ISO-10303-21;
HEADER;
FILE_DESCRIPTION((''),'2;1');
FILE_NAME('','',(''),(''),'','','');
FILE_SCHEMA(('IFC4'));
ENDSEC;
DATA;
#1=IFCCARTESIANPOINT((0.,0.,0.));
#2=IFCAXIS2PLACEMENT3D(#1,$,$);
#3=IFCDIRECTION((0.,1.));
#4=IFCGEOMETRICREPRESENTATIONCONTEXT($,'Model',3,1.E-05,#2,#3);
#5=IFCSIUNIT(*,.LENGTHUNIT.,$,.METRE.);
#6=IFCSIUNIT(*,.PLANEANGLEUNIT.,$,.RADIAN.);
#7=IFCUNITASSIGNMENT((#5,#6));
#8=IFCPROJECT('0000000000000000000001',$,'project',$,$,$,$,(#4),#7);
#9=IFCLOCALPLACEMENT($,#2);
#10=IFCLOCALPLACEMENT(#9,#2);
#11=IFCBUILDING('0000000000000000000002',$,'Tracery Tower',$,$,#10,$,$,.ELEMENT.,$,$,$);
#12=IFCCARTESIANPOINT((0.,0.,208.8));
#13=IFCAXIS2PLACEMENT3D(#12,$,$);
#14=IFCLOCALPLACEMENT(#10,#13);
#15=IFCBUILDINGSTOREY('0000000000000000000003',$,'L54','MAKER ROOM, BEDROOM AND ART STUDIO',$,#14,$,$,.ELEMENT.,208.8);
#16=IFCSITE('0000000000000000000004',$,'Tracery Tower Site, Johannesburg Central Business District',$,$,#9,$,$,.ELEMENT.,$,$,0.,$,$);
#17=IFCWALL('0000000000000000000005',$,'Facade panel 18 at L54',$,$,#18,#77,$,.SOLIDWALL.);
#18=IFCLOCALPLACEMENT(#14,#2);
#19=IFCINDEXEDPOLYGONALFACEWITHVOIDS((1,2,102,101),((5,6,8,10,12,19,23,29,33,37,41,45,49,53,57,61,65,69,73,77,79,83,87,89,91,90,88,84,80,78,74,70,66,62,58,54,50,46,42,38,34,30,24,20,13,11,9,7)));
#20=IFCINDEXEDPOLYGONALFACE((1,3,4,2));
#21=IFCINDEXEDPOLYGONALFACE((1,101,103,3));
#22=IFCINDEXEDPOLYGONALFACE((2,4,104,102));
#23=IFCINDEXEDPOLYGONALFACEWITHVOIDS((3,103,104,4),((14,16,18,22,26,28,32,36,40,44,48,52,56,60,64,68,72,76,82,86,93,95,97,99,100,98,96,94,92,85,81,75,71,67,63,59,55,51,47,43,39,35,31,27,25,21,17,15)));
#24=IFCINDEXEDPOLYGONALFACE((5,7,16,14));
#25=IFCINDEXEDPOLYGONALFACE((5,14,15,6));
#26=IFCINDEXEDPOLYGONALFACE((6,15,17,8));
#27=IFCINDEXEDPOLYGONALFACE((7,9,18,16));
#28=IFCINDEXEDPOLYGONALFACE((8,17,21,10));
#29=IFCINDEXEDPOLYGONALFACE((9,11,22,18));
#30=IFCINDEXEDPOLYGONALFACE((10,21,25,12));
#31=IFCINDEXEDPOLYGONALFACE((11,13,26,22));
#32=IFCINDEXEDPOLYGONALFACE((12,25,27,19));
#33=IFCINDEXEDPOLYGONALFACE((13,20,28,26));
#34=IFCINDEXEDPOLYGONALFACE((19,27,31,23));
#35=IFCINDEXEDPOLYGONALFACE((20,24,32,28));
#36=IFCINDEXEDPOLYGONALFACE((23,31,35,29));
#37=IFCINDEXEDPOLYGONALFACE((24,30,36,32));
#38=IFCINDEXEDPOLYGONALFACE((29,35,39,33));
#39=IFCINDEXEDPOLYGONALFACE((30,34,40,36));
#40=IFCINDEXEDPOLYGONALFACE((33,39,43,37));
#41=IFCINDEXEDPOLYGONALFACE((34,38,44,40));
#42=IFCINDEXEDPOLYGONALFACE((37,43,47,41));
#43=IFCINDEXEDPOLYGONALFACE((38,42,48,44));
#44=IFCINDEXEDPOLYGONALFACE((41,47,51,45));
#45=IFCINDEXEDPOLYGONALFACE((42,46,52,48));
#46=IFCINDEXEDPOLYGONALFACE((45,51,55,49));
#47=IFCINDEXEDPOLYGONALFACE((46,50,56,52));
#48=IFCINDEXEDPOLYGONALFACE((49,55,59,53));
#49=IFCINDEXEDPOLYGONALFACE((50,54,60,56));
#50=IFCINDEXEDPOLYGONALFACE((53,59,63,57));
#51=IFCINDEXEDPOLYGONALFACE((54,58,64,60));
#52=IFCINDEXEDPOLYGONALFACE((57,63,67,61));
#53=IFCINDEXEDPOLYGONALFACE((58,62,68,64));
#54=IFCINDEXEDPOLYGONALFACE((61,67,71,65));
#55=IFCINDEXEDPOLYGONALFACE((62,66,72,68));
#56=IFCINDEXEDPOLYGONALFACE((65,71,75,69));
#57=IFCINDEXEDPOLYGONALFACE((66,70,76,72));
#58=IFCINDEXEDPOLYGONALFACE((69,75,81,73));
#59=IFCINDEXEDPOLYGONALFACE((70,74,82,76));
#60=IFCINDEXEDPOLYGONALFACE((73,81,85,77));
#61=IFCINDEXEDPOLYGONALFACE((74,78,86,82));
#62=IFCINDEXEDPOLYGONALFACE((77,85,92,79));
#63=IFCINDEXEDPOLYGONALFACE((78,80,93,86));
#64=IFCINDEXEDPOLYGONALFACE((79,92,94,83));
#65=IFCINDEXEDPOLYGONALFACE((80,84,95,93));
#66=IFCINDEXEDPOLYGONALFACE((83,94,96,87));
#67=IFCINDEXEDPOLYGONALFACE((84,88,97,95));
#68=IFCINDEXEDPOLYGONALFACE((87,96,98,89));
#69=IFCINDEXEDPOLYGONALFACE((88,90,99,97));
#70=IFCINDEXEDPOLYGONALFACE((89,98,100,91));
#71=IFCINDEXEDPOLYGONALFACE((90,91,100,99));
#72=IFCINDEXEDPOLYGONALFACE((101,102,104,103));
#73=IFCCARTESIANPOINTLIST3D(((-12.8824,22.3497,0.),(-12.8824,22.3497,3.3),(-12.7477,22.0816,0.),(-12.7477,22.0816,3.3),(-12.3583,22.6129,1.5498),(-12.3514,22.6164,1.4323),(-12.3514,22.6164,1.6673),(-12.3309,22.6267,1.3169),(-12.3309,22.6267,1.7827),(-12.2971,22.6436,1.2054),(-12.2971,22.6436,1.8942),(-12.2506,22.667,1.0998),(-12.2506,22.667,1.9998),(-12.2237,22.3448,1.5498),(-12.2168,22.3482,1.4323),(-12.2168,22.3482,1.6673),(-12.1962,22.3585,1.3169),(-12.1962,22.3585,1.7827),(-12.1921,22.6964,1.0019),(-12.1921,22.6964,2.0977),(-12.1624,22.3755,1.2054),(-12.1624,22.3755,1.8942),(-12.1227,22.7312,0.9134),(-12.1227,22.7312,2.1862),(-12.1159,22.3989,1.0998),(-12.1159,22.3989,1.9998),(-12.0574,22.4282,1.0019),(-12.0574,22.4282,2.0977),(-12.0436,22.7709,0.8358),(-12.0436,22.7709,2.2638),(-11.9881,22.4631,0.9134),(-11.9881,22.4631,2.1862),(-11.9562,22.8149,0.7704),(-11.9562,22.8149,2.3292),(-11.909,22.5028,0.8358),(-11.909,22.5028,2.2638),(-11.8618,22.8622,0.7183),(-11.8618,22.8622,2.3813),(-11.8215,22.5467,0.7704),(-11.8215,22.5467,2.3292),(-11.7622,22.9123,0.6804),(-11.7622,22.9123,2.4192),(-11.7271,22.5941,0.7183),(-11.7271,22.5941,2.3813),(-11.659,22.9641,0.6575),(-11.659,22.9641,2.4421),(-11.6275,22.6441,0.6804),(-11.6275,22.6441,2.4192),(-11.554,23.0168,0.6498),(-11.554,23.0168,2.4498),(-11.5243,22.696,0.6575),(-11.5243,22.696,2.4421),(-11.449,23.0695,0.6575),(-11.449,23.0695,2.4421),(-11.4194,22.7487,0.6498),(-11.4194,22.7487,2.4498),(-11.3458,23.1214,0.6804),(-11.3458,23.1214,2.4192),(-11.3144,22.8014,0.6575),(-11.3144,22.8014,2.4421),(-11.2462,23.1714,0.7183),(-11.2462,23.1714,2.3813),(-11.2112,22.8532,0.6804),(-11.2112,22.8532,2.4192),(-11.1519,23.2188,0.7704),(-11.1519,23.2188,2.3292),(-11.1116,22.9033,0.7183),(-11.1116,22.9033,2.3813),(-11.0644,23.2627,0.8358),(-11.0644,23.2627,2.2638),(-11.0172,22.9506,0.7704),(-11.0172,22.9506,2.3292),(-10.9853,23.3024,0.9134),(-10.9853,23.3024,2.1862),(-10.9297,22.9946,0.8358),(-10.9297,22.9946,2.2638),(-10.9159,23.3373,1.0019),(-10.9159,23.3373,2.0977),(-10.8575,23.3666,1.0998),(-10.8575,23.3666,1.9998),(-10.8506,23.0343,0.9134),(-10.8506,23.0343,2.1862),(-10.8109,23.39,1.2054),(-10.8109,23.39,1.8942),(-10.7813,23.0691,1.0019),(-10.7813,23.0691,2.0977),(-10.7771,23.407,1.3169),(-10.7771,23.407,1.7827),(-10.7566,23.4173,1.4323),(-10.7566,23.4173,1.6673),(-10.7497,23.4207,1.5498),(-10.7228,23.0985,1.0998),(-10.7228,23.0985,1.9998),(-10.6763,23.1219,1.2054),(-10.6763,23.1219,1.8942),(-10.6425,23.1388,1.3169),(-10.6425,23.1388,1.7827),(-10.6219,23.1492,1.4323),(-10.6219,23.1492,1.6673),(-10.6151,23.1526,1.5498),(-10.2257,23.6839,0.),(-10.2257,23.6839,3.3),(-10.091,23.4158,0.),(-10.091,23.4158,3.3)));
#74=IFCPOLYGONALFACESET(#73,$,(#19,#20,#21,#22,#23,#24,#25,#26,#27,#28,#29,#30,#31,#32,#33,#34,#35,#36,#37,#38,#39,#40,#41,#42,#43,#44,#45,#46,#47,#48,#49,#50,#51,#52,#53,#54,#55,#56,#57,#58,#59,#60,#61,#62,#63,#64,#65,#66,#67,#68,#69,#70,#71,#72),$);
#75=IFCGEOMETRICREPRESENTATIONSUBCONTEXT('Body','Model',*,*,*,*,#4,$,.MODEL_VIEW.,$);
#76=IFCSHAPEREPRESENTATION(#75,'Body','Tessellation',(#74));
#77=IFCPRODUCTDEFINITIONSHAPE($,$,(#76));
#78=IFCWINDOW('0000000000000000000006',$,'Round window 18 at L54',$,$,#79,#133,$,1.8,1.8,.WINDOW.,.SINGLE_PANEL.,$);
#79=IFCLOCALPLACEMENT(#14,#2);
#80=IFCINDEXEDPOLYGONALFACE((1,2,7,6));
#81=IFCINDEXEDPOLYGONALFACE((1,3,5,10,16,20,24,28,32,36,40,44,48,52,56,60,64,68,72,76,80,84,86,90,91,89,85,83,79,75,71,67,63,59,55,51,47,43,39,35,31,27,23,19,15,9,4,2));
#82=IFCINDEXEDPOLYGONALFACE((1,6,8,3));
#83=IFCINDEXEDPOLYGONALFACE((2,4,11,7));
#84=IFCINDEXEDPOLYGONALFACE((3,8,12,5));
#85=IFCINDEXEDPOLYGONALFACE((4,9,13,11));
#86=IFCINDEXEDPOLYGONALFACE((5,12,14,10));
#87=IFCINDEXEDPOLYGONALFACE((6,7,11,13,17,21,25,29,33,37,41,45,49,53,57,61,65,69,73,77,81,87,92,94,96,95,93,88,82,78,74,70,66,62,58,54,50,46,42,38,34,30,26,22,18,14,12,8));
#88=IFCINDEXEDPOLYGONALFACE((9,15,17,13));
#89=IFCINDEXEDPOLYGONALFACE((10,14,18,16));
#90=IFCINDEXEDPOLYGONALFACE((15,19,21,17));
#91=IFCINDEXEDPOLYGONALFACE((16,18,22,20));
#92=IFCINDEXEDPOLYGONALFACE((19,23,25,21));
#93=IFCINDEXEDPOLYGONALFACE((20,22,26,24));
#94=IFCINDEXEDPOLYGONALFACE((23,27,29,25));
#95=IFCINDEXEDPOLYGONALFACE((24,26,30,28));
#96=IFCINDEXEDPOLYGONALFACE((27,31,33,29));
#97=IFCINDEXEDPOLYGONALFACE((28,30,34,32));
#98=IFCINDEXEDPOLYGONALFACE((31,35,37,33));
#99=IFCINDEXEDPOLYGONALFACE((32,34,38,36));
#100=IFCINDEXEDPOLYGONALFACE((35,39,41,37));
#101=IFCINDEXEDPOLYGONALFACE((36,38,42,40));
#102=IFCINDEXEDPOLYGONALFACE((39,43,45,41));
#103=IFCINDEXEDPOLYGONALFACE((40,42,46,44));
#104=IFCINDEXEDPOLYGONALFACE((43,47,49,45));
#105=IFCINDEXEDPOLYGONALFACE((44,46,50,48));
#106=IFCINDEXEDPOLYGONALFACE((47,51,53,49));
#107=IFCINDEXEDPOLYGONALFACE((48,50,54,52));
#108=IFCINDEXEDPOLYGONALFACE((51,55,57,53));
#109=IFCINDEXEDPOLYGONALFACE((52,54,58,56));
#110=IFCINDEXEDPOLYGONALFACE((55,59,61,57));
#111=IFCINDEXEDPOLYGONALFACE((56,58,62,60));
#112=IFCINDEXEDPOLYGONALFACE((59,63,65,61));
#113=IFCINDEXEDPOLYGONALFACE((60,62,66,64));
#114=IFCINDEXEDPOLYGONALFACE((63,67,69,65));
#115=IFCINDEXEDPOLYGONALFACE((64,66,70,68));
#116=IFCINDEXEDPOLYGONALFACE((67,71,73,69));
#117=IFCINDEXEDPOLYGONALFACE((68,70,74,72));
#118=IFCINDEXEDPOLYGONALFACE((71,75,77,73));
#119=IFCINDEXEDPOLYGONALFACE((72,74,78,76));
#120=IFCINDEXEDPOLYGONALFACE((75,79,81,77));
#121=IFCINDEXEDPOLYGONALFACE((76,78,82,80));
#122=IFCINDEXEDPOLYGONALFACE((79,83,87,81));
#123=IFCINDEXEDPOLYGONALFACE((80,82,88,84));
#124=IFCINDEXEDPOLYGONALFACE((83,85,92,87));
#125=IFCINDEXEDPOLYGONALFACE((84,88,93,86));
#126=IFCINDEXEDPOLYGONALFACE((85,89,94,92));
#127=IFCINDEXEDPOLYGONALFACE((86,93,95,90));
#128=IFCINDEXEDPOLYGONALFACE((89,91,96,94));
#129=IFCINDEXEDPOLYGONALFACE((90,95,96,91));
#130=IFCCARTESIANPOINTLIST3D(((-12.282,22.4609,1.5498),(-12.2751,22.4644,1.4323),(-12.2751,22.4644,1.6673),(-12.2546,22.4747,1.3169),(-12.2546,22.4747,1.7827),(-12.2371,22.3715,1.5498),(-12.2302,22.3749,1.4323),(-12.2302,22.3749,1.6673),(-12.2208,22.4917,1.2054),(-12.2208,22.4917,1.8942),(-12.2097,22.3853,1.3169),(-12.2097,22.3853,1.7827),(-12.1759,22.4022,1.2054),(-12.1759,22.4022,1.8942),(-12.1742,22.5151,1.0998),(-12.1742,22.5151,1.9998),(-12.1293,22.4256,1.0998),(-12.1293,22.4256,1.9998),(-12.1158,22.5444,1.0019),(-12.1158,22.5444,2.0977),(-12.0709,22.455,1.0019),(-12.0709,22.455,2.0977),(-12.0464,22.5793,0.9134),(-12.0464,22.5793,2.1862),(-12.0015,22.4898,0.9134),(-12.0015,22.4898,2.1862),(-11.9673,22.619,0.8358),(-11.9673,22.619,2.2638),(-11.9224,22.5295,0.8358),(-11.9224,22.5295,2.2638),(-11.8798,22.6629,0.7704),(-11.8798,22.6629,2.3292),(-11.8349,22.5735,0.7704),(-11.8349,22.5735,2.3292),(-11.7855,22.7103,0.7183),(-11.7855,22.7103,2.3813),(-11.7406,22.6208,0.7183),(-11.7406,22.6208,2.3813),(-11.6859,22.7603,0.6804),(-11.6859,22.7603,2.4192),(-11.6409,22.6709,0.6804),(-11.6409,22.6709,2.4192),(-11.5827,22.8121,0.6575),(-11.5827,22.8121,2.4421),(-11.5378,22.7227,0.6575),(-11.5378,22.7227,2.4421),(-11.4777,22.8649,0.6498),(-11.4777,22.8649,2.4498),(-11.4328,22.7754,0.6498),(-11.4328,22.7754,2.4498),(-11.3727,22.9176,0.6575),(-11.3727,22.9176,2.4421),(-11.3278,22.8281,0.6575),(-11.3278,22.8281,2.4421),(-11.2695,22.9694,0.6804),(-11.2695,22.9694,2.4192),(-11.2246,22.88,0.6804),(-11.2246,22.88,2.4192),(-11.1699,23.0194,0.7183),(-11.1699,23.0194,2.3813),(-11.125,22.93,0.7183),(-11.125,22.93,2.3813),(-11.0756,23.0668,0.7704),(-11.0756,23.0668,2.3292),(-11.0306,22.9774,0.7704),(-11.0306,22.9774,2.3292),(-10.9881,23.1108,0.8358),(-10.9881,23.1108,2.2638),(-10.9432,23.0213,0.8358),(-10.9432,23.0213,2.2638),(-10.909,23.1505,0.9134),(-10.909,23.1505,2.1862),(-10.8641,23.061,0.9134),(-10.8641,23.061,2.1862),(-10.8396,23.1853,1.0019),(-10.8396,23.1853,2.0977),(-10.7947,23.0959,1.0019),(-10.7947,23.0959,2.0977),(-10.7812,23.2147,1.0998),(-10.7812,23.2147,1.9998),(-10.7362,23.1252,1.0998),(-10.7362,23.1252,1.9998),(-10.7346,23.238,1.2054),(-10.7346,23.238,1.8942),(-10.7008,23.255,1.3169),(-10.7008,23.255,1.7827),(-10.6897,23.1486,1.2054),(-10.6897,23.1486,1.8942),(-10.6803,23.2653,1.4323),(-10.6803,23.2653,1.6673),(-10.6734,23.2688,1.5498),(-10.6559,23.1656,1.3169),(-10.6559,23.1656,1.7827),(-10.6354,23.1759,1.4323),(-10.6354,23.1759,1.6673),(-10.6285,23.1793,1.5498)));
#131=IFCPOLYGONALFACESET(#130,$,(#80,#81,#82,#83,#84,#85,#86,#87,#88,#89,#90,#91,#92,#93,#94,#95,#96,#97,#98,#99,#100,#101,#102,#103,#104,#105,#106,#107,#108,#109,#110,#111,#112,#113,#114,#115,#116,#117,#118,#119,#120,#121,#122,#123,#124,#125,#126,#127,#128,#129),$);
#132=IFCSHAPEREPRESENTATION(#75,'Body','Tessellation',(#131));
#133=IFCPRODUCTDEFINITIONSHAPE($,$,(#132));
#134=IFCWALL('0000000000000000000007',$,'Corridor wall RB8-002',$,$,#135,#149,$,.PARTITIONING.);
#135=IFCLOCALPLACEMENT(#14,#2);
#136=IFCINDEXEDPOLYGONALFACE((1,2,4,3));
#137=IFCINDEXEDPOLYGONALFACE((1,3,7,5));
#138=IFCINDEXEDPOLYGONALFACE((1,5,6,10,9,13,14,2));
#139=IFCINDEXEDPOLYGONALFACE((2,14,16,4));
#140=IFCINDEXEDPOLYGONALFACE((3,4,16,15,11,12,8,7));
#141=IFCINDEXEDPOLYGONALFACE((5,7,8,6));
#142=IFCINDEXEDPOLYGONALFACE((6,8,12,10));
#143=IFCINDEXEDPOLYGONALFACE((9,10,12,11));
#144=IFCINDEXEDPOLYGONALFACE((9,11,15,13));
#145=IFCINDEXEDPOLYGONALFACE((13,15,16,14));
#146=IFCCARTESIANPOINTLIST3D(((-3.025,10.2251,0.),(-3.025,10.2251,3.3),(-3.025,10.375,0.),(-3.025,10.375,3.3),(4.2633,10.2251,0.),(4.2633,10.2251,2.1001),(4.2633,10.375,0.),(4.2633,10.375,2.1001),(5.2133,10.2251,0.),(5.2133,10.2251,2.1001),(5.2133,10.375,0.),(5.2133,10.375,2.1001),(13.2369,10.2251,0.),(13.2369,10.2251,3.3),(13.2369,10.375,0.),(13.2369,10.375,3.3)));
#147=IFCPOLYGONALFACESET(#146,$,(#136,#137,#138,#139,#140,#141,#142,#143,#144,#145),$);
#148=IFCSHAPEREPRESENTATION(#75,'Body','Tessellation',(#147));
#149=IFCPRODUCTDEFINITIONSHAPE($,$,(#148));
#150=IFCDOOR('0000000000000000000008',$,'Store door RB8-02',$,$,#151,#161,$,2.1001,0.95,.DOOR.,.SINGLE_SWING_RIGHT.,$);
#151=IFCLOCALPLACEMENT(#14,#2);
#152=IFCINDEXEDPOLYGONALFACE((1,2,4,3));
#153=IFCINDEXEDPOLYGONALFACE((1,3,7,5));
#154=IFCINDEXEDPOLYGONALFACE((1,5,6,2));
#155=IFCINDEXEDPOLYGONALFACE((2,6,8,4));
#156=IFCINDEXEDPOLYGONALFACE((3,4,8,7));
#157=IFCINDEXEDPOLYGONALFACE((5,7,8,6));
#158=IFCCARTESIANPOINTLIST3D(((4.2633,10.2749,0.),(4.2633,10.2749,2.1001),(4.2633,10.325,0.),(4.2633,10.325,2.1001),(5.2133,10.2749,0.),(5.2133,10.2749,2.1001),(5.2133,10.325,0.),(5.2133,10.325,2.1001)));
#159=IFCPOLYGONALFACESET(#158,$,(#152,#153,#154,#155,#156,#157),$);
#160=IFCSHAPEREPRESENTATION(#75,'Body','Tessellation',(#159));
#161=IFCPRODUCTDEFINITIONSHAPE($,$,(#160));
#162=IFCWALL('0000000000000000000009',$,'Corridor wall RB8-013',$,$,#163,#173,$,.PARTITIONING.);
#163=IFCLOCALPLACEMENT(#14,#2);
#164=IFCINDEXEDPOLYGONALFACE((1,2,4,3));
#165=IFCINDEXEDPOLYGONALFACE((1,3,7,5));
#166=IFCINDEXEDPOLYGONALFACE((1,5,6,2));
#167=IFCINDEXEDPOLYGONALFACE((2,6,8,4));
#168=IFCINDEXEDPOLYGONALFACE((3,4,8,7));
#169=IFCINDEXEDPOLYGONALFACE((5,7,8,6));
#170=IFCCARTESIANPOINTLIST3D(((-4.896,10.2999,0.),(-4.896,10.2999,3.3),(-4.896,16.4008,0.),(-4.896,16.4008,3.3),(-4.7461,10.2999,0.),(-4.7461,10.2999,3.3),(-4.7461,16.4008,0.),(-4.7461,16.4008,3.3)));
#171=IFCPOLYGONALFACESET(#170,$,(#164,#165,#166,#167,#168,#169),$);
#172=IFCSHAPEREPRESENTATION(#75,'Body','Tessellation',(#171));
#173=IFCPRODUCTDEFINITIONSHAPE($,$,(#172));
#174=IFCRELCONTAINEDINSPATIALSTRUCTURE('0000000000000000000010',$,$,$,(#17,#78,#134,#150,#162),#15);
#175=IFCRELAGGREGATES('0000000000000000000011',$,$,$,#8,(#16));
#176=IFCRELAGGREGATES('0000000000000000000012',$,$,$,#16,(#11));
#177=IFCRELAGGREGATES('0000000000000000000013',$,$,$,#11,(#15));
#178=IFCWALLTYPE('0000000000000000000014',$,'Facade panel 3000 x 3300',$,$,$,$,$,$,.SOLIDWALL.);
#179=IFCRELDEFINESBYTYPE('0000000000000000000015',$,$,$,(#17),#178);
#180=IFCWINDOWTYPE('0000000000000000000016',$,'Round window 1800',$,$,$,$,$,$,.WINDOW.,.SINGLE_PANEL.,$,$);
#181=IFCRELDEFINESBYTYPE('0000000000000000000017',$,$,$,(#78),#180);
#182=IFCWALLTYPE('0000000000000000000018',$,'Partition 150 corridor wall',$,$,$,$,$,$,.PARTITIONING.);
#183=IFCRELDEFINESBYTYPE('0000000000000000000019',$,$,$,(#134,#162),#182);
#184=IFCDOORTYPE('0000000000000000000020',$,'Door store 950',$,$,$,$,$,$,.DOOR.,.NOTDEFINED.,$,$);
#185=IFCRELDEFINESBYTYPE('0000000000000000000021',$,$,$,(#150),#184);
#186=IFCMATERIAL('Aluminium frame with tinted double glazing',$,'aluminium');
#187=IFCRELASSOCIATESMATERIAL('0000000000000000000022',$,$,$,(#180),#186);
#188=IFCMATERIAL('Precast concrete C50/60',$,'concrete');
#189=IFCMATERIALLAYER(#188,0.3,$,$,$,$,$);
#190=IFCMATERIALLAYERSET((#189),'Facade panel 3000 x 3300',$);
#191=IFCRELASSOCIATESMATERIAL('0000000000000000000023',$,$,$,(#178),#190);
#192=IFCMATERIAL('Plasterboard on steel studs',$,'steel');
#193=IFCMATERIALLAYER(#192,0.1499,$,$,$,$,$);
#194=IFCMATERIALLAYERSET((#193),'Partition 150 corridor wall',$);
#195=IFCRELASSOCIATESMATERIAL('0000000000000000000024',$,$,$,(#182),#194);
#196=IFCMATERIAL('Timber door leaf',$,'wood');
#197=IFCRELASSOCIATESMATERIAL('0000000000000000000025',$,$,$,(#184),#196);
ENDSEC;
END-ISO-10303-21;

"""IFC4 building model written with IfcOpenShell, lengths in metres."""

from ifc_helpers import new_model, si_unit, direction, frame, frame_2d, origin, origin_2d, place, context, subcontext, project, spatial, rectangle, circle, extrude, material, layer, layer_set, type_object, element, fill, save


model = new_model("IFC4")

# Units and contexts
model_context = context("Model", 3, precision=1e-05, world=origin(), true_north=direction((0.0, 1.0)))
body_context = subcontext(model_context, "Body", "Model", "MODEL_VIEW")
ifc_project = project(units=[si_unit("LENGTHUNIT", "METRE"), si_unit("PLANEANGLEUNIT", "RADIAN")], contexts=[model_context])

# Site, building, storey
site_placement = place(None, origin())
site = spatial("IfcSite", under=ifc_project, at=site_placement, Name="Tracery Tower Site, Johannesburg Central Business District", CompositionType="ELEMENT", RefElevation=0.0)
building_placement = place(site_placement, origin())
building = spatial("IfcBuilding", under=site, at=building_placement, Name="Tracery Tower", CompositionType="ELEMENT")
storey_placement = place(building_placement, frame((0.0, 0.0, 208.8)))
storey = spatial("IfcBuildingStorey", under=building, at=storey_placement, Name="L54", Description="MAKER ROOM, BEDROOM AND ART STUDIO", CompositionType="ELEMENT", Elevation=208.8)

# Wall, opening, window
ifc_material_1 = material(Name="Aluminium frame with tinted double glazing", Category="aluminium")
window_type = type_object("IfcWindowType", Name="Round window 1800", PartitioningType="SINGLE_PANEL", PredefinedType="WINDOW", material=ifc_material_1)
ifc_material_2 = material(Name="Precast concrete C50/60", Category="concrete")
ifc_layer_1 = layer(ifc_material_2, 0.3)
ifc_layer_set_1 = layer_set([ifc_layer_1], Name="Facade panel 3000 x 3300")
wall_type_1 = type_object("IfcWallType", Name="Facade panel 3000 x 3300", PredefinedType="SOLIDWALL", material=ifc_layer_set_1)
wall_1_placement = place(storey_placement, frame((-10.1584, 23.5498, 0.0), z_axis=(0.0, 0.0, 1.0), x_axis=(-0.893637, -0.44879, 0.0)))
wall_1 = element("IfcWall", 1, at=wall_1_placement, inside=storey, type_object=wall_type_1, Name="Facade panel 18 at L54", PredefinedType="SOLIDWALL", context=body_context, shape_type="SweptSolid", body=[
    extrude(rectangle(XDim=2.9729, YDim=0.3, at=frame_2d((1.4863, 0.0))), origin(), (0.0, 0.0, 1.0), 3.3),
])
opening_1_placement = place(wall_1_placement, frame((1.4863, 0.0, 1.5498)))
opening_1 = element("IfcOpeningElement", 2, at=opening_1_placement, cuts=wall_1, PredefinedType="OPENING", context=body_context, shape_type="SweptSolid", body=[
    extrude(circle(Radius=0.9, at=origin_2d()), frame((0.0, 0.1599, 0.0), z_axis=(0.0, -1.0, 0.0), x_axis=(1.0, 0.0, 0.0)), (0.0, 0.0, 1.0), 0.3201),
])
window_1_placement = place(opening_1_placement, origin())
window_1 = element("IfcWindow", 3, at=window_1_placement, inside=storey, type_object=window_type, Name="Round window 18 at L54", OverallHeight=1.8, OverallWidth=1.8, PartitioningType="SINGLE_PANEL", PredefinedType="WINDOW", context=body_context, shape_type="SweptSolid", body=[
    extrude(circle(Radius=0.9, at=origin_2d()), frame((0.0, 0.1201, 0.0), z_axis=(0.0, -1.0, 0.0), x_axis=(1.0, 0.0, 0.0)), (0.0, 0.0, 1.0), 0.1001),
])
fill(opening_1, window_1)

# Wall, opening, door
ifc_material_3 = material(Name="Plasterboard on steel studs", Category="steel")
ifc_layer_2 = layer(ifc_material_3, 0.1499)
ifc_layer_set_2 = layer_set([ifc_layer_2], Name="Partition 150 corridor wall")
wall_type_2 = type_object("IfcWallType", Name="Partition 150 corridor wall", PredefinedType="PARTITIONING", material=ifc_layer_set_2)
wall_2_placement = place(storey_placement, frame((-3.0249, 10.3, 0.0), z_axis=(0.0, 0.0, 1.0), x_axis=(1.0, 0.0, 0.0)))
wall_2 = element("IfcWall", 4, at=wall_2_placement, inside=storey, type_object=wall_type_2, Name="Corridor wall RB8-002", PredefinedType="PARTITIONING", context=body_context, shape_type="SweptSolid", body=[
    extrude(rectangle(XDim=16.262, YDim=0.1499, at=frame_2d((8.1309, 0.0))), origin(), (0.0, 0.0, 1.0), 3.3),
])
opening_2_placement = place(wall_2_placement, frame((7.2881, 0.0, 0.0)))
opening_2 = element("IfcOpeningElement", 5, at=opening_2_placement, cuts=wall_2, PredefinedType="OPENING", context=body_context, shape_type="SweptSolid", body=[
    extrude(rectangle(XDim=0.95, YDim=2.1001, at=frame_2d((0.4751, 1.05))), frame((0.0, 0.075, 0.0), z_axis=(0.0, -1.0, 0.0), x_axis=(1.0, 0.0, 0.0)), (0.0, 0.0, 1.0), 0.1499),
])
ifc_material_4 = material(Name="Timber door leaf", Category="wood")
door_type_1 = type_object("IfcDoorType", Name="Door store 950", OperationType="NOTDEFINED", PredefinedType="DOOR", material=ifc_material_4)
door_1_placement = place(opening_2_placement, origin())
door_1 = element("IfcDoor", 6, at=door_1_placement, inside=storey, type_object=door_type_1, Name="Store door RB8-02", OperationType="SINGLE_SWING_RIGHT", OverallHeight=2.1001, OverallWidth=0.95, PredefinedType="DOOR", context=body_context, shape_type="SweptSolid", body=[
    extrude(rectangle(XDim=0.95, YDim=2.1001, at=frame_2d((0.4751, 1.05))), frame((0.0, 0.0249, 0.0), z_axis=(0.0, -1.0, 0.0), x_axis=(1.0, 0.0, 0.0)), (0.0, 0.0, 1.0), 0.05),
])
fill(opening_2, door_1)

# Wall
wall_3_placement = place(storey_placement, frame((-4.821, 10.3, 0.0), z_axis=(0.0, 0.0, 1.0), x_axis=(0.0, 1.0, 0.0)))
element("IfcWall", 7, at=wall_3_placement, inside=storey, type_object=wall_type_2, Name="Corridor wall RB8-013", PredefinedType="PARTITIONING", context=body_context, shape_type="SweptSolid", body=[
    extrude(rectangle(XDim=6.1008, YDim=0.1499, at=frame_2d((3.0503, 0.0))), origin(), (0.0, 0.0, 1.0), 3.3),
])

save(model, "model.ifc")
